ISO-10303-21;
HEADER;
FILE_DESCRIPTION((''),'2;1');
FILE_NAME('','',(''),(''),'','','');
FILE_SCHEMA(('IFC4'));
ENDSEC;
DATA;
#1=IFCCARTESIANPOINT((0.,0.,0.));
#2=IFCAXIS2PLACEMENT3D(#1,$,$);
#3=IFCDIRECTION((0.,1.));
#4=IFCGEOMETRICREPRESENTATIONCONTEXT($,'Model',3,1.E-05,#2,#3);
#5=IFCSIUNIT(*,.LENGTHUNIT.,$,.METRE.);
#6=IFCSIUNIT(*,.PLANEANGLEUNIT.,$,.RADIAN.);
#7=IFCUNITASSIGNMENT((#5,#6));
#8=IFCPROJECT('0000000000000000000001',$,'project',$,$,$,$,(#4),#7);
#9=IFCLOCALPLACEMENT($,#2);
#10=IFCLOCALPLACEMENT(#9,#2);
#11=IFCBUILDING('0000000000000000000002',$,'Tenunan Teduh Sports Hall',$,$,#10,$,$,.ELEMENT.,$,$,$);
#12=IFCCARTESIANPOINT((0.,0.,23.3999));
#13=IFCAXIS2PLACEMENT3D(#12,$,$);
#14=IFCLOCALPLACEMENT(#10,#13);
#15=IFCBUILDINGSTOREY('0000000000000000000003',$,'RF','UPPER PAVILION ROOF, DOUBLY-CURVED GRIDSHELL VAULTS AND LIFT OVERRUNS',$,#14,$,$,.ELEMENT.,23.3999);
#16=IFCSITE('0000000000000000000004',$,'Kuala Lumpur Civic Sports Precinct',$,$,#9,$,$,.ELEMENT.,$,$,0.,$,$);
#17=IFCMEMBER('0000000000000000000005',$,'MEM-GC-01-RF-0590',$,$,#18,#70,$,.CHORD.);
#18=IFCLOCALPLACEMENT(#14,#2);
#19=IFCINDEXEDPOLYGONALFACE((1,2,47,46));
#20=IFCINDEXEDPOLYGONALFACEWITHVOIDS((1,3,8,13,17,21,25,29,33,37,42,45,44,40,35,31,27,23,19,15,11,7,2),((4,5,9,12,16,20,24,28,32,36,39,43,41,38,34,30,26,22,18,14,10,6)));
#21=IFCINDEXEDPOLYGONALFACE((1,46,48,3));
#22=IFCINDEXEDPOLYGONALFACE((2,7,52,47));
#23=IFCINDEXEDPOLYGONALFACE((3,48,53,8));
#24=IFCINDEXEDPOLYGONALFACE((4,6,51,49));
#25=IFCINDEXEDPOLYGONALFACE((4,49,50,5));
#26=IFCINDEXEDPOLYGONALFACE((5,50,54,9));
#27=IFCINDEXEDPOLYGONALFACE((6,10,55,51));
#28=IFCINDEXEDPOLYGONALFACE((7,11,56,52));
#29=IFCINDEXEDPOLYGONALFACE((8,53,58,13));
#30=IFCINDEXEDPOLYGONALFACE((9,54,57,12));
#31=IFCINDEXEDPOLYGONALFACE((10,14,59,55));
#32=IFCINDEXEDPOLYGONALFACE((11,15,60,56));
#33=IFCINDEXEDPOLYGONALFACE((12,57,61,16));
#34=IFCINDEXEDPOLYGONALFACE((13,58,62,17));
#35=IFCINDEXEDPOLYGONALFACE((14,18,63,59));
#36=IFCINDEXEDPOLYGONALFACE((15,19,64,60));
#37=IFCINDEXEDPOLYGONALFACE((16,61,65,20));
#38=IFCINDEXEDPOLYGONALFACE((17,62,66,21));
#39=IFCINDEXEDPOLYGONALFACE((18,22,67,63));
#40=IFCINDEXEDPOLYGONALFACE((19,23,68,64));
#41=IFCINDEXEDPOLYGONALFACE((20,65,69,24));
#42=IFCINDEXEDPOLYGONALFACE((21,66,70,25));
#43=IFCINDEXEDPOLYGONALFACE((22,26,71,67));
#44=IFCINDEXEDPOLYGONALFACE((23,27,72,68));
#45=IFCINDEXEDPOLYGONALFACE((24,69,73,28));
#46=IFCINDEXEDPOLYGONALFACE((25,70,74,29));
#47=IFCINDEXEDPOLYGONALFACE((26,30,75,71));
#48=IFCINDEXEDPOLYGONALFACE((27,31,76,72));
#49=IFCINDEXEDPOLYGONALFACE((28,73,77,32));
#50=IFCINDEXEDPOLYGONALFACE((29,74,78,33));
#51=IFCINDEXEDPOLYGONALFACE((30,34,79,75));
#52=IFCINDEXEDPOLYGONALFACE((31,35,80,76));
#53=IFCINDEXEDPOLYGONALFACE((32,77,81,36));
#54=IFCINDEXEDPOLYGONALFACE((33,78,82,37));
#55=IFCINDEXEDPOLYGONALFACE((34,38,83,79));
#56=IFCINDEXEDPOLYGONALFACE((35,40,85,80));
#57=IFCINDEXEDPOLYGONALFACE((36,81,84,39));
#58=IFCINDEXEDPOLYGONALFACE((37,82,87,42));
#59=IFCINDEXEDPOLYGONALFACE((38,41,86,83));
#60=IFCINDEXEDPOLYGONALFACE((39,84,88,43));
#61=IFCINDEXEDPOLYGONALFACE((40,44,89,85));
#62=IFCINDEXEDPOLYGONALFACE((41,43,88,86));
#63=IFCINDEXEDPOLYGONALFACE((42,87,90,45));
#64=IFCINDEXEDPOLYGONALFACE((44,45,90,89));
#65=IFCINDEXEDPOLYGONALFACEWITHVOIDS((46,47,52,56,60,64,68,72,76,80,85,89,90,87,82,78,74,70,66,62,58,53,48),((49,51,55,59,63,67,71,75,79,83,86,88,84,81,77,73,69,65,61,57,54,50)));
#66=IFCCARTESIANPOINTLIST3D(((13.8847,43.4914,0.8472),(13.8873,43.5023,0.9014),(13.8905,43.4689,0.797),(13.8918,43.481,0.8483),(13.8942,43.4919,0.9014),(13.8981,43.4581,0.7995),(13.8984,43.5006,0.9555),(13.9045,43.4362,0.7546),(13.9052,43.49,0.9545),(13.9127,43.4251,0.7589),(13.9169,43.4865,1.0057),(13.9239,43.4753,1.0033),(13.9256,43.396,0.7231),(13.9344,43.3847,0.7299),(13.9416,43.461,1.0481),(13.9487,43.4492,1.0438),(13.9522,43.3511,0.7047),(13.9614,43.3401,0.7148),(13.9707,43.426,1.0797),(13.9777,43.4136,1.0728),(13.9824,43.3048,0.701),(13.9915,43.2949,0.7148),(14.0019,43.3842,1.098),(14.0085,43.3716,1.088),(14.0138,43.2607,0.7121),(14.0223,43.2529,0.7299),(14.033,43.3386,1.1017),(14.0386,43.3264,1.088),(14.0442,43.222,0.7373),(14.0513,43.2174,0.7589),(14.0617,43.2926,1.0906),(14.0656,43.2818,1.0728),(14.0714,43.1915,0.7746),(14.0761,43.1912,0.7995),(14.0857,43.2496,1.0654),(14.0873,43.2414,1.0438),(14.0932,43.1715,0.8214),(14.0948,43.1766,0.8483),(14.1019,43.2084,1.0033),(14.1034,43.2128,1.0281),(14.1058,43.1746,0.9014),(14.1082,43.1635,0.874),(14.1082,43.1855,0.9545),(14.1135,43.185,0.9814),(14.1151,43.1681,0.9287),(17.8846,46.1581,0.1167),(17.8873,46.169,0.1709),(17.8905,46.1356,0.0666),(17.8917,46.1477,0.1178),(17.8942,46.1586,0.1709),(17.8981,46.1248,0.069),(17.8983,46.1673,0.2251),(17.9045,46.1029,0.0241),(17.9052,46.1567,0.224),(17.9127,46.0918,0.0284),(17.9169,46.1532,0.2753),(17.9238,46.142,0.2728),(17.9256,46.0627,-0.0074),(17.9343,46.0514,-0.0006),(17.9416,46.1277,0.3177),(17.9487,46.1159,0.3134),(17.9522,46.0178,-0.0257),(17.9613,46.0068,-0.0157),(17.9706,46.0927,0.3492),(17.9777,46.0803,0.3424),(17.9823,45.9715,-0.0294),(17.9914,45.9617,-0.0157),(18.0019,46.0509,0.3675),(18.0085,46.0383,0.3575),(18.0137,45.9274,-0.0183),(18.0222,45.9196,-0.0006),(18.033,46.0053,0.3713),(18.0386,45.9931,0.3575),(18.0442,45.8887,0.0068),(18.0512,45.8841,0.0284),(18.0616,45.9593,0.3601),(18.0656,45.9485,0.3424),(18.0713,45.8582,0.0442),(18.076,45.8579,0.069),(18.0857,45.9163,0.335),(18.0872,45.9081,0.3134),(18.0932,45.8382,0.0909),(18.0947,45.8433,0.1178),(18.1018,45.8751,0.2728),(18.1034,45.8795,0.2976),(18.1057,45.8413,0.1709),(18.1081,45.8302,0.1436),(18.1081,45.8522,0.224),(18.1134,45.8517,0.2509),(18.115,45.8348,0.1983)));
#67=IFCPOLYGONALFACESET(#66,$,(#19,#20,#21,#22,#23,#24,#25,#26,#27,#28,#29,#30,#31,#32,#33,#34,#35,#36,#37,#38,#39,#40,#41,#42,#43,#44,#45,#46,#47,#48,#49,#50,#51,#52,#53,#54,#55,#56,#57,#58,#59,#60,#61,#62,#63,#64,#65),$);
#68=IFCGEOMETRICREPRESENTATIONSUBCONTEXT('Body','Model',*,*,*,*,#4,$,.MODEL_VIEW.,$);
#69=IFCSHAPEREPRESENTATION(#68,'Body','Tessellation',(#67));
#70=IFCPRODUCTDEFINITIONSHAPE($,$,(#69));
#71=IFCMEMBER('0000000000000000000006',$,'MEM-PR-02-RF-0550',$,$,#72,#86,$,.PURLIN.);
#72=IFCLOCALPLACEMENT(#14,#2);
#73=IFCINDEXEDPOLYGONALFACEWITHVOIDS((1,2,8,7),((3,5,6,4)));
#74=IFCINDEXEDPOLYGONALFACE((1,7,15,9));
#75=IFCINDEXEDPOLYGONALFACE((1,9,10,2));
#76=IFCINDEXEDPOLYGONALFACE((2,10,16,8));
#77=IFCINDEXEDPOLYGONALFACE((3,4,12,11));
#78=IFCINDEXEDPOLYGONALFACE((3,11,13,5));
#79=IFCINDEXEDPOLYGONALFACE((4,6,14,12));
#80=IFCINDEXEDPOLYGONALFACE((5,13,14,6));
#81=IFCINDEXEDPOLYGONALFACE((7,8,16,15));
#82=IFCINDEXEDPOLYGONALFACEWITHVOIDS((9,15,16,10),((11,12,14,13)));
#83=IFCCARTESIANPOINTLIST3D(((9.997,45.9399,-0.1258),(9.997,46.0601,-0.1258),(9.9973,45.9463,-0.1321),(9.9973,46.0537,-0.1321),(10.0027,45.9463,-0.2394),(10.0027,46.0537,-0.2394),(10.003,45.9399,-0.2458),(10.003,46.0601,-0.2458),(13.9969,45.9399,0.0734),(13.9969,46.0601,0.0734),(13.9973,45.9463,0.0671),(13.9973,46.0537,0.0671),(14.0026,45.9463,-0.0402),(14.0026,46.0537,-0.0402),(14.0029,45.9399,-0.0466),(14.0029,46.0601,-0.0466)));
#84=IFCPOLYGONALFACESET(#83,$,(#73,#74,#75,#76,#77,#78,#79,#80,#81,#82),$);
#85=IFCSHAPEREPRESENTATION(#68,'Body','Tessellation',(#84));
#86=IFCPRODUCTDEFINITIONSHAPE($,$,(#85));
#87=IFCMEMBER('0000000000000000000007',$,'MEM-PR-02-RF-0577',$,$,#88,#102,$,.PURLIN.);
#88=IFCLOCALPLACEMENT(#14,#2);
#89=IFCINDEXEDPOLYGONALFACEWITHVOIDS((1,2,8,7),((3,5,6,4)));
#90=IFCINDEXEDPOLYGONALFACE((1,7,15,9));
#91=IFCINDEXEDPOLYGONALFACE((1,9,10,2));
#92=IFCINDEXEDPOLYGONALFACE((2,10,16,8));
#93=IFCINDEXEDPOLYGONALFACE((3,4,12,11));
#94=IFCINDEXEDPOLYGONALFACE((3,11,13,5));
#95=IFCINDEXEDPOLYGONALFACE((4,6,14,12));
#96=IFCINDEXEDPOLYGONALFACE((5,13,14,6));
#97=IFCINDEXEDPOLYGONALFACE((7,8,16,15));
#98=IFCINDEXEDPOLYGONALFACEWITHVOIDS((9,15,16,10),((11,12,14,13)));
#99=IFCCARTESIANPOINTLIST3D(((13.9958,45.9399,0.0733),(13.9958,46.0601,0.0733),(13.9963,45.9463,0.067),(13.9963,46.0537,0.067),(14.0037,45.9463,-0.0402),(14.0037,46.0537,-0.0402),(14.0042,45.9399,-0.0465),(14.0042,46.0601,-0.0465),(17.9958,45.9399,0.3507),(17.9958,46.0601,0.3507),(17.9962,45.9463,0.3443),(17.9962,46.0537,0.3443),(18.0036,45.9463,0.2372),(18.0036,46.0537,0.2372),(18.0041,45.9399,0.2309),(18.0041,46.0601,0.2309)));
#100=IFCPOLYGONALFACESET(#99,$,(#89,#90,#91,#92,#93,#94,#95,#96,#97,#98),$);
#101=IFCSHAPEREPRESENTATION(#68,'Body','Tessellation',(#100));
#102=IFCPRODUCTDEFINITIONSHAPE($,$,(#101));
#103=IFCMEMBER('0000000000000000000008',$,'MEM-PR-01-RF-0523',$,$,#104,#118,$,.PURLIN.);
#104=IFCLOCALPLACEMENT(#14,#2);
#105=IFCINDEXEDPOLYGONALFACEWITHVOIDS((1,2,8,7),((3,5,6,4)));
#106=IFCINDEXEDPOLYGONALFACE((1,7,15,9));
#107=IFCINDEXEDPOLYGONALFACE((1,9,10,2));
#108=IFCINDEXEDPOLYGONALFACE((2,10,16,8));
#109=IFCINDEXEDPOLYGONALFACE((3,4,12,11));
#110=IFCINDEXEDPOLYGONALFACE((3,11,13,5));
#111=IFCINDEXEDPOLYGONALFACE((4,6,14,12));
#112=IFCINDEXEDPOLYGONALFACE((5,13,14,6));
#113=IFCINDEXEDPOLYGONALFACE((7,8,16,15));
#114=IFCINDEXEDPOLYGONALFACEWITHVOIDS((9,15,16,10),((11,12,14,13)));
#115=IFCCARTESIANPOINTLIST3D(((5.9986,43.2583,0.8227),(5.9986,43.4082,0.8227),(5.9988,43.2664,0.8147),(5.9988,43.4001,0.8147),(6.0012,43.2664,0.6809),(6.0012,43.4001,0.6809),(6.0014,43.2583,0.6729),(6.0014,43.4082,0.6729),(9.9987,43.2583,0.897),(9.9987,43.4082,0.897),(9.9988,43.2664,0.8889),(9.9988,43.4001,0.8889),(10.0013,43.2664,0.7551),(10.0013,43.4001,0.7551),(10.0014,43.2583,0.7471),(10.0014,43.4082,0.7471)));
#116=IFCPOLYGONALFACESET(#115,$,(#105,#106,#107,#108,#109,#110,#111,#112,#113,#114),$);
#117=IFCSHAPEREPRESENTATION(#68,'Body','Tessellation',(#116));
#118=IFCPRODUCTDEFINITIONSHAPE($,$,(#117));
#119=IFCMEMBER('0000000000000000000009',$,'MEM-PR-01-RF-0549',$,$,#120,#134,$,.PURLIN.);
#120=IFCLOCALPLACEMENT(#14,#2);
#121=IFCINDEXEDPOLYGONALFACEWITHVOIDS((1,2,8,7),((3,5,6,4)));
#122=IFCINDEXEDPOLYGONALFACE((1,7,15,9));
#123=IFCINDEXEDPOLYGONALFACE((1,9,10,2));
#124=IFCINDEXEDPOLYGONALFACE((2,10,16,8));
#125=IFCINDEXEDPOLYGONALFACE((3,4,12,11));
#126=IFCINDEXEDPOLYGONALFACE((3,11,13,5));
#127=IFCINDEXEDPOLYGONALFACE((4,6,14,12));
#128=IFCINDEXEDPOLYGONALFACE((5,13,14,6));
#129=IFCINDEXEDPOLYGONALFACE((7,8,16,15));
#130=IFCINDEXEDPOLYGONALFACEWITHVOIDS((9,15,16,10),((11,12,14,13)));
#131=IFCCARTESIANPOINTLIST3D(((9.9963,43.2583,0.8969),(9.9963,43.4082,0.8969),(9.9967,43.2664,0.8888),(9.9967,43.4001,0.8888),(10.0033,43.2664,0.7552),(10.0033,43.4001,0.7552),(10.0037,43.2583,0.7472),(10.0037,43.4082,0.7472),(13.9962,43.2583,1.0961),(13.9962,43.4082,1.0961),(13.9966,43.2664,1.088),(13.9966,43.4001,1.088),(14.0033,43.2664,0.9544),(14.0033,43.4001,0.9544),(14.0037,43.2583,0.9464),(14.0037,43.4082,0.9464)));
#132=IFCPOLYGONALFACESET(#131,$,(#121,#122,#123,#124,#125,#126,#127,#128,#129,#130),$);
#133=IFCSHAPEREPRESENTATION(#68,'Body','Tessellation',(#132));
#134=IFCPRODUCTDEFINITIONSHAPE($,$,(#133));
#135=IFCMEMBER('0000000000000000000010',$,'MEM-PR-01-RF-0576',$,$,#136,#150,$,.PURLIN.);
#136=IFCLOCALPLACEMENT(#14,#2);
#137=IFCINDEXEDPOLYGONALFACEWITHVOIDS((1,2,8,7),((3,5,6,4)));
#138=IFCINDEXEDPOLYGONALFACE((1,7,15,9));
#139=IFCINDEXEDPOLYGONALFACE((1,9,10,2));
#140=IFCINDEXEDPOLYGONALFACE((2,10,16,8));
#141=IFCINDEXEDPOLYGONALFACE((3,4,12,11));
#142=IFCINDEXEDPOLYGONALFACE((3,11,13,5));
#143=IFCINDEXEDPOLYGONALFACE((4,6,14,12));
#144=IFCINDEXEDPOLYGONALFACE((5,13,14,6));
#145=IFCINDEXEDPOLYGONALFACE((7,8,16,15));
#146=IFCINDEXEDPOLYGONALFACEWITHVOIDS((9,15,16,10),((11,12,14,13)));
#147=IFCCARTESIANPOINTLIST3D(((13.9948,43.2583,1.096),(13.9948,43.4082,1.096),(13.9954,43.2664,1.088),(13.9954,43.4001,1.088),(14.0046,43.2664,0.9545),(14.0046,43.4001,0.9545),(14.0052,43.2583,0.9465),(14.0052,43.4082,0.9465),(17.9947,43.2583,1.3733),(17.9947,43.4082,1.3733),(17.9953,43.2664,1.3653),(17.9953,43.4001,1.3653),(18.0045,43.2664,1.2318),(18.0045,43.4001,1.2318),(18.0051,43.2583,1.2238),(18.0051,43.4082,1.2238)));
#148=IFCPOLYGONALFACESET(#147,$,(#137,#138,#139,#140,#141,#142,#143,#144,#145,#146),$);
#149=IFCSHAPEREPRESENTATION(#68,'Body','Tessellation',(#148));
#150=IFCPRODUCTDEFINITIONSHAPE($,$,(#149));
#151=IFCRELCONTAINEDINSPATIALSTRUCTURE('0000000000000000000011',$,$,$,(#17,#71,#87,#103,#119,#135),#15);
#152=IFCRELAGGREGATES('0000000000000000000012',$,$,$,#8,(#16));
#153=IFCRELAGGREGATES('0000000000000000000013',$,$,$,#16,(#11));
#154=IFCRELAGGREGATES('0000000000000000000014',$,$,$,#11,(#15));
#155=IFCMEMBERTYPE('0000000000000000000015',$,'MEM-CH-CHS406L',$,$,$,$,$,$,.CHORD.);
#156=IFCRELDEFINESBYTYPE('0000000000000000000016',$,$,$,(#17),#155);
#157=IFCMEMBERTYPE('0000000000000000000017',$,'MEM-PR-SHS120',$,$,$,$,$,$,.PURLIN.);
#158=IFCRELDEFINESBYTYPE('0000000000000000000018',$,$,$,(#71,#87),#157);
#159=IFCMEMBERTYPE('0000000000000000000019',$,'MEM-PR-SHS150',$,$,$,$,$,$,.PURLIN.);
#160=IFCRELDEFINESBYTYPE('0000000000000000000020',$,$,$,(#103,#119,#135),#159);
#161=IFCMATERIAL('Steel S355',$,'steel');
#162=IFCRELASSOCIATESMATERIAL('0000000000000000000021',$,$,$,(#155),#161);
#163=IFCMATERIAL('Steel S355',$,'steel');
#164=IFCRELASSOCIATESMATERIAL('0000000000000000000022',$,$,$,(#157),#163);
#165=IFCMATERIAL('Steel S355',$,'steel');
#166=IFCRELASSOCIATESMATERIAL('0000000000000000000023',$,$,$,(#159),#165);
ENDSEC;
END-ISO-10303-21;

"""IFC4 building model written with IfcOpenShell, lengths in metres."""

from ifc_helpers import new_model, si_unit, direction, frame, origin, origin_2d, place, context, subcontext, project, spatial, hollow_rectangle, hollow_circle, extrude, material, material_profile, profile_set, type_object, element, save


model = new_model("IFC4")

# Units and contexts
model_context = context("Model", 3, precision=1e-05, world=origin(), true_north=direction((0.0, 1.0)))
body_context = subcontext(model_context, "Body", "Model", "MODEL_VIEW")
ifc_project = project(units=[si_unit("LENGTHUNIT", "METRE"), si_unit("PLANEANGLEUNIT", "RADIAN")], contexts=[model_context])

# Site, building, storey
site_placement = place(None, origin())
site = spatial("IfcSite", under=ifc_project, at=site_placement, Name="Kuala Lumpur Civic Sports Precinct", CompositionType="ELEMENT", RefElevation=0.0)
building_placement = place(site_placement, origin())
building = spatial("IfcBuilding", under=site, at=building_placement, Name="Tenunan Teduh Sports Hall", CompositionType="ELEMENT")
storey_placement = place(building_placement, frame((0.0, 0.0, 23.3999)))
storey = spatial("IfcBuildingStorey", under=building, at=storey_placement, Name="RF", Description="UPPER PAVILION ROOF, DOUBLY-CURVED GRIDSHELL VAULTS AND LIFT OVERRUNS", CompositionType="ELEMENT", Elevation=23.3999)

# Members
ifc_material_1 = material(Name="Steel S355", Category="steel")
ifc_material_profile_1 = material_profile(ifc_material_1, hollow_circle(Radius=0.2031, WallThickness=0.0125, at=origin_2d()), Name="CHS 406.4x12.5")
ifc_profile_set_1 = profile_set([ifc_material_profile_1], Name="Steel S355")
member_type_1 = type_object("IfcMemberType", Name="MEM-CH-CHS406L", PredefinedType="CHORD", material=ifc_profile_set_1)
member_1_placement = place(storey_placement, frame((14.0, 43.3333, 0.9014), z_axis=(0.822601, 0.548417, -0.150221), x_axis=(-0.554712, 0.832042, 0.0)))
element("IfcMember", 1, at=member_1_placement, inside=storey, type_object=member_type_1, Name="MEM-GC-01-RF-0590", PredefinedType="CHORD", context=body_context, shape_type="SweptSolid", body=[
    extrude(hollow_circle(Radius=0.2031, WallThickness=0.0125, at=origin_2d()), origin(), (0.0, 0.0, 1.0), 4.8625),
])
ifc_material_2 = material(Name="Steel S355", Category="steel")
ifc_material_profile_2 = material_profile(ifc_material_2, hollow_rectangle(XDim=0.1201, YDim=0.1201, WallThickness=0.0063, at=origin_2d()), Name="SHS 120x120x6.3")
ifc_profile_set_2 = profile_set([ifc_material_profile_2], Name="Steel S355")
member_type_2 = type_object("IfcMemberType", Name="MEM-PR-SHS120", PredefinedType="PURLIN", material=ifc_profile_set_2)
member_2_placement = place(storey_placement, frame((10.0, 46.0, -0.1858), z_axis=(0.998762, 0.0, 0.049743), x_axis=(0.0, 1.0, 0.0)))
element("IfcMember", 2, at=member_2_placement, inside=storey, type_object=member_type_2, Name="MEM-PR-02-RF-0550", PredefinedType="PURLIN", context=body_context, shape_type="SweptSolid", body=[
    extrude(hollow_rectangle(XDim=0.1201, YDim=0.1201, WallThickness=0.0063, at=origin_2d()), origin(), (0.0, 0.0, 1.0), 4.0049),
])
member_3_placement = place(storey_placement, frame((14.0, 46.0, 0.0134), z_axis=(0.997605, 0.0, 0.06917), x_axis=(0.0, 1.0, 0.0)))
element("IfcMember", 3, at=member_3_placement, inside=storey, type_object=member_type_2, Name="MEM-PR-02-RF-0577", PredefinedType="PURLIN", context=body_context, shape_type="SweptSolid", body=[
    extrude(hollow_rectangle(XDim=0.1201, YDim=0.1201, WallThickness=0.0063, at=origin_2d()), origin(), (0.0, 0.0, 1.0), 4.0095),
])
ifc_material_3 = material(Name="Steel S355", Category="steel")
ifc_material_profile_3 = material_profile(ifc_material_3, hollow_rectangle(XDim=0.1499, YDim=0.1499, WallThickness=0.0081, at=origin_2d()), Name="SHS 150x150x8.0")
ifc_profile_set_3 = profile_set([ifc_material_profile_3], Name="Steel S355")
member_type_3 = type_object("IfcMemberType", Name="MEM-PR-SHS150", PredefinedType="PURLIN", material=ifc_profile_set_3)
member_4_placement = place(storey_placement, frame((6.0, 43.3333, 0.7478), z_axis=(0.999828, 0.0, 0.018551), x_axis=(0.0, 1.0, 0.0)))
element("IfcMember", 4, at=member_4_placement, inside=storey, type_object=member_type_3, Name="MEM-PR-01-RF-0523", PredefinedType="PURLIN", context=body_context, shape_type="SweptSolid", body=[
    extrude(hollow_rectangle(XDim=0.1499, YDim=0.1499, WallThickness=0.0081, at=origin_2d()), origin(), (0.0, 0.0, 1.0), 4.0007),
])
member_5_placement = place(storey_placement, frame((10.0, 43.3333, 0.822), z_axis=(0.998762, 0.0, 0.049743), x_axis=(0.0, 1.0, 0.0)))
element("IfcMember", 5, at=member_5_placement, inside=storey, type_object=member_type_3, Name="MEM-PR-01-RF-0549", PredefinedType="PURLIN", context=body_context, shape_type="SweptSolid", body=[
    extrude(hollow_rectangle(XDim=0.1499, YDim=0.1499, WallThickness=0.0081, at=origin_2d()), origin(), (0.0, 0.0, 1.0), 4.0049),
])
member_6_placement = place(storey_placement, frame((14.0, 43.3333, 1.0212), z_axis=(0.997605, 0.0, 0.06917), x_axis=(0.0, 1.0, 0.0)))
element("IfcMember", 6, at=member_6_placement, inside=storey, type_object=member_type_3, Name="MEM-PR-01-RF-0576", PredefinedType="PURLIN", context=body_context, shape_type="SweptSolid", body=[
    extrude(hollow_rectangle(XDim=0.1499, YDim=0.1499, WallThickness=0.0081, at=origin_2d()), origin(), (0.0, 0.0, 1.0), 4.0095),
])

save(model, "model.ifc")
